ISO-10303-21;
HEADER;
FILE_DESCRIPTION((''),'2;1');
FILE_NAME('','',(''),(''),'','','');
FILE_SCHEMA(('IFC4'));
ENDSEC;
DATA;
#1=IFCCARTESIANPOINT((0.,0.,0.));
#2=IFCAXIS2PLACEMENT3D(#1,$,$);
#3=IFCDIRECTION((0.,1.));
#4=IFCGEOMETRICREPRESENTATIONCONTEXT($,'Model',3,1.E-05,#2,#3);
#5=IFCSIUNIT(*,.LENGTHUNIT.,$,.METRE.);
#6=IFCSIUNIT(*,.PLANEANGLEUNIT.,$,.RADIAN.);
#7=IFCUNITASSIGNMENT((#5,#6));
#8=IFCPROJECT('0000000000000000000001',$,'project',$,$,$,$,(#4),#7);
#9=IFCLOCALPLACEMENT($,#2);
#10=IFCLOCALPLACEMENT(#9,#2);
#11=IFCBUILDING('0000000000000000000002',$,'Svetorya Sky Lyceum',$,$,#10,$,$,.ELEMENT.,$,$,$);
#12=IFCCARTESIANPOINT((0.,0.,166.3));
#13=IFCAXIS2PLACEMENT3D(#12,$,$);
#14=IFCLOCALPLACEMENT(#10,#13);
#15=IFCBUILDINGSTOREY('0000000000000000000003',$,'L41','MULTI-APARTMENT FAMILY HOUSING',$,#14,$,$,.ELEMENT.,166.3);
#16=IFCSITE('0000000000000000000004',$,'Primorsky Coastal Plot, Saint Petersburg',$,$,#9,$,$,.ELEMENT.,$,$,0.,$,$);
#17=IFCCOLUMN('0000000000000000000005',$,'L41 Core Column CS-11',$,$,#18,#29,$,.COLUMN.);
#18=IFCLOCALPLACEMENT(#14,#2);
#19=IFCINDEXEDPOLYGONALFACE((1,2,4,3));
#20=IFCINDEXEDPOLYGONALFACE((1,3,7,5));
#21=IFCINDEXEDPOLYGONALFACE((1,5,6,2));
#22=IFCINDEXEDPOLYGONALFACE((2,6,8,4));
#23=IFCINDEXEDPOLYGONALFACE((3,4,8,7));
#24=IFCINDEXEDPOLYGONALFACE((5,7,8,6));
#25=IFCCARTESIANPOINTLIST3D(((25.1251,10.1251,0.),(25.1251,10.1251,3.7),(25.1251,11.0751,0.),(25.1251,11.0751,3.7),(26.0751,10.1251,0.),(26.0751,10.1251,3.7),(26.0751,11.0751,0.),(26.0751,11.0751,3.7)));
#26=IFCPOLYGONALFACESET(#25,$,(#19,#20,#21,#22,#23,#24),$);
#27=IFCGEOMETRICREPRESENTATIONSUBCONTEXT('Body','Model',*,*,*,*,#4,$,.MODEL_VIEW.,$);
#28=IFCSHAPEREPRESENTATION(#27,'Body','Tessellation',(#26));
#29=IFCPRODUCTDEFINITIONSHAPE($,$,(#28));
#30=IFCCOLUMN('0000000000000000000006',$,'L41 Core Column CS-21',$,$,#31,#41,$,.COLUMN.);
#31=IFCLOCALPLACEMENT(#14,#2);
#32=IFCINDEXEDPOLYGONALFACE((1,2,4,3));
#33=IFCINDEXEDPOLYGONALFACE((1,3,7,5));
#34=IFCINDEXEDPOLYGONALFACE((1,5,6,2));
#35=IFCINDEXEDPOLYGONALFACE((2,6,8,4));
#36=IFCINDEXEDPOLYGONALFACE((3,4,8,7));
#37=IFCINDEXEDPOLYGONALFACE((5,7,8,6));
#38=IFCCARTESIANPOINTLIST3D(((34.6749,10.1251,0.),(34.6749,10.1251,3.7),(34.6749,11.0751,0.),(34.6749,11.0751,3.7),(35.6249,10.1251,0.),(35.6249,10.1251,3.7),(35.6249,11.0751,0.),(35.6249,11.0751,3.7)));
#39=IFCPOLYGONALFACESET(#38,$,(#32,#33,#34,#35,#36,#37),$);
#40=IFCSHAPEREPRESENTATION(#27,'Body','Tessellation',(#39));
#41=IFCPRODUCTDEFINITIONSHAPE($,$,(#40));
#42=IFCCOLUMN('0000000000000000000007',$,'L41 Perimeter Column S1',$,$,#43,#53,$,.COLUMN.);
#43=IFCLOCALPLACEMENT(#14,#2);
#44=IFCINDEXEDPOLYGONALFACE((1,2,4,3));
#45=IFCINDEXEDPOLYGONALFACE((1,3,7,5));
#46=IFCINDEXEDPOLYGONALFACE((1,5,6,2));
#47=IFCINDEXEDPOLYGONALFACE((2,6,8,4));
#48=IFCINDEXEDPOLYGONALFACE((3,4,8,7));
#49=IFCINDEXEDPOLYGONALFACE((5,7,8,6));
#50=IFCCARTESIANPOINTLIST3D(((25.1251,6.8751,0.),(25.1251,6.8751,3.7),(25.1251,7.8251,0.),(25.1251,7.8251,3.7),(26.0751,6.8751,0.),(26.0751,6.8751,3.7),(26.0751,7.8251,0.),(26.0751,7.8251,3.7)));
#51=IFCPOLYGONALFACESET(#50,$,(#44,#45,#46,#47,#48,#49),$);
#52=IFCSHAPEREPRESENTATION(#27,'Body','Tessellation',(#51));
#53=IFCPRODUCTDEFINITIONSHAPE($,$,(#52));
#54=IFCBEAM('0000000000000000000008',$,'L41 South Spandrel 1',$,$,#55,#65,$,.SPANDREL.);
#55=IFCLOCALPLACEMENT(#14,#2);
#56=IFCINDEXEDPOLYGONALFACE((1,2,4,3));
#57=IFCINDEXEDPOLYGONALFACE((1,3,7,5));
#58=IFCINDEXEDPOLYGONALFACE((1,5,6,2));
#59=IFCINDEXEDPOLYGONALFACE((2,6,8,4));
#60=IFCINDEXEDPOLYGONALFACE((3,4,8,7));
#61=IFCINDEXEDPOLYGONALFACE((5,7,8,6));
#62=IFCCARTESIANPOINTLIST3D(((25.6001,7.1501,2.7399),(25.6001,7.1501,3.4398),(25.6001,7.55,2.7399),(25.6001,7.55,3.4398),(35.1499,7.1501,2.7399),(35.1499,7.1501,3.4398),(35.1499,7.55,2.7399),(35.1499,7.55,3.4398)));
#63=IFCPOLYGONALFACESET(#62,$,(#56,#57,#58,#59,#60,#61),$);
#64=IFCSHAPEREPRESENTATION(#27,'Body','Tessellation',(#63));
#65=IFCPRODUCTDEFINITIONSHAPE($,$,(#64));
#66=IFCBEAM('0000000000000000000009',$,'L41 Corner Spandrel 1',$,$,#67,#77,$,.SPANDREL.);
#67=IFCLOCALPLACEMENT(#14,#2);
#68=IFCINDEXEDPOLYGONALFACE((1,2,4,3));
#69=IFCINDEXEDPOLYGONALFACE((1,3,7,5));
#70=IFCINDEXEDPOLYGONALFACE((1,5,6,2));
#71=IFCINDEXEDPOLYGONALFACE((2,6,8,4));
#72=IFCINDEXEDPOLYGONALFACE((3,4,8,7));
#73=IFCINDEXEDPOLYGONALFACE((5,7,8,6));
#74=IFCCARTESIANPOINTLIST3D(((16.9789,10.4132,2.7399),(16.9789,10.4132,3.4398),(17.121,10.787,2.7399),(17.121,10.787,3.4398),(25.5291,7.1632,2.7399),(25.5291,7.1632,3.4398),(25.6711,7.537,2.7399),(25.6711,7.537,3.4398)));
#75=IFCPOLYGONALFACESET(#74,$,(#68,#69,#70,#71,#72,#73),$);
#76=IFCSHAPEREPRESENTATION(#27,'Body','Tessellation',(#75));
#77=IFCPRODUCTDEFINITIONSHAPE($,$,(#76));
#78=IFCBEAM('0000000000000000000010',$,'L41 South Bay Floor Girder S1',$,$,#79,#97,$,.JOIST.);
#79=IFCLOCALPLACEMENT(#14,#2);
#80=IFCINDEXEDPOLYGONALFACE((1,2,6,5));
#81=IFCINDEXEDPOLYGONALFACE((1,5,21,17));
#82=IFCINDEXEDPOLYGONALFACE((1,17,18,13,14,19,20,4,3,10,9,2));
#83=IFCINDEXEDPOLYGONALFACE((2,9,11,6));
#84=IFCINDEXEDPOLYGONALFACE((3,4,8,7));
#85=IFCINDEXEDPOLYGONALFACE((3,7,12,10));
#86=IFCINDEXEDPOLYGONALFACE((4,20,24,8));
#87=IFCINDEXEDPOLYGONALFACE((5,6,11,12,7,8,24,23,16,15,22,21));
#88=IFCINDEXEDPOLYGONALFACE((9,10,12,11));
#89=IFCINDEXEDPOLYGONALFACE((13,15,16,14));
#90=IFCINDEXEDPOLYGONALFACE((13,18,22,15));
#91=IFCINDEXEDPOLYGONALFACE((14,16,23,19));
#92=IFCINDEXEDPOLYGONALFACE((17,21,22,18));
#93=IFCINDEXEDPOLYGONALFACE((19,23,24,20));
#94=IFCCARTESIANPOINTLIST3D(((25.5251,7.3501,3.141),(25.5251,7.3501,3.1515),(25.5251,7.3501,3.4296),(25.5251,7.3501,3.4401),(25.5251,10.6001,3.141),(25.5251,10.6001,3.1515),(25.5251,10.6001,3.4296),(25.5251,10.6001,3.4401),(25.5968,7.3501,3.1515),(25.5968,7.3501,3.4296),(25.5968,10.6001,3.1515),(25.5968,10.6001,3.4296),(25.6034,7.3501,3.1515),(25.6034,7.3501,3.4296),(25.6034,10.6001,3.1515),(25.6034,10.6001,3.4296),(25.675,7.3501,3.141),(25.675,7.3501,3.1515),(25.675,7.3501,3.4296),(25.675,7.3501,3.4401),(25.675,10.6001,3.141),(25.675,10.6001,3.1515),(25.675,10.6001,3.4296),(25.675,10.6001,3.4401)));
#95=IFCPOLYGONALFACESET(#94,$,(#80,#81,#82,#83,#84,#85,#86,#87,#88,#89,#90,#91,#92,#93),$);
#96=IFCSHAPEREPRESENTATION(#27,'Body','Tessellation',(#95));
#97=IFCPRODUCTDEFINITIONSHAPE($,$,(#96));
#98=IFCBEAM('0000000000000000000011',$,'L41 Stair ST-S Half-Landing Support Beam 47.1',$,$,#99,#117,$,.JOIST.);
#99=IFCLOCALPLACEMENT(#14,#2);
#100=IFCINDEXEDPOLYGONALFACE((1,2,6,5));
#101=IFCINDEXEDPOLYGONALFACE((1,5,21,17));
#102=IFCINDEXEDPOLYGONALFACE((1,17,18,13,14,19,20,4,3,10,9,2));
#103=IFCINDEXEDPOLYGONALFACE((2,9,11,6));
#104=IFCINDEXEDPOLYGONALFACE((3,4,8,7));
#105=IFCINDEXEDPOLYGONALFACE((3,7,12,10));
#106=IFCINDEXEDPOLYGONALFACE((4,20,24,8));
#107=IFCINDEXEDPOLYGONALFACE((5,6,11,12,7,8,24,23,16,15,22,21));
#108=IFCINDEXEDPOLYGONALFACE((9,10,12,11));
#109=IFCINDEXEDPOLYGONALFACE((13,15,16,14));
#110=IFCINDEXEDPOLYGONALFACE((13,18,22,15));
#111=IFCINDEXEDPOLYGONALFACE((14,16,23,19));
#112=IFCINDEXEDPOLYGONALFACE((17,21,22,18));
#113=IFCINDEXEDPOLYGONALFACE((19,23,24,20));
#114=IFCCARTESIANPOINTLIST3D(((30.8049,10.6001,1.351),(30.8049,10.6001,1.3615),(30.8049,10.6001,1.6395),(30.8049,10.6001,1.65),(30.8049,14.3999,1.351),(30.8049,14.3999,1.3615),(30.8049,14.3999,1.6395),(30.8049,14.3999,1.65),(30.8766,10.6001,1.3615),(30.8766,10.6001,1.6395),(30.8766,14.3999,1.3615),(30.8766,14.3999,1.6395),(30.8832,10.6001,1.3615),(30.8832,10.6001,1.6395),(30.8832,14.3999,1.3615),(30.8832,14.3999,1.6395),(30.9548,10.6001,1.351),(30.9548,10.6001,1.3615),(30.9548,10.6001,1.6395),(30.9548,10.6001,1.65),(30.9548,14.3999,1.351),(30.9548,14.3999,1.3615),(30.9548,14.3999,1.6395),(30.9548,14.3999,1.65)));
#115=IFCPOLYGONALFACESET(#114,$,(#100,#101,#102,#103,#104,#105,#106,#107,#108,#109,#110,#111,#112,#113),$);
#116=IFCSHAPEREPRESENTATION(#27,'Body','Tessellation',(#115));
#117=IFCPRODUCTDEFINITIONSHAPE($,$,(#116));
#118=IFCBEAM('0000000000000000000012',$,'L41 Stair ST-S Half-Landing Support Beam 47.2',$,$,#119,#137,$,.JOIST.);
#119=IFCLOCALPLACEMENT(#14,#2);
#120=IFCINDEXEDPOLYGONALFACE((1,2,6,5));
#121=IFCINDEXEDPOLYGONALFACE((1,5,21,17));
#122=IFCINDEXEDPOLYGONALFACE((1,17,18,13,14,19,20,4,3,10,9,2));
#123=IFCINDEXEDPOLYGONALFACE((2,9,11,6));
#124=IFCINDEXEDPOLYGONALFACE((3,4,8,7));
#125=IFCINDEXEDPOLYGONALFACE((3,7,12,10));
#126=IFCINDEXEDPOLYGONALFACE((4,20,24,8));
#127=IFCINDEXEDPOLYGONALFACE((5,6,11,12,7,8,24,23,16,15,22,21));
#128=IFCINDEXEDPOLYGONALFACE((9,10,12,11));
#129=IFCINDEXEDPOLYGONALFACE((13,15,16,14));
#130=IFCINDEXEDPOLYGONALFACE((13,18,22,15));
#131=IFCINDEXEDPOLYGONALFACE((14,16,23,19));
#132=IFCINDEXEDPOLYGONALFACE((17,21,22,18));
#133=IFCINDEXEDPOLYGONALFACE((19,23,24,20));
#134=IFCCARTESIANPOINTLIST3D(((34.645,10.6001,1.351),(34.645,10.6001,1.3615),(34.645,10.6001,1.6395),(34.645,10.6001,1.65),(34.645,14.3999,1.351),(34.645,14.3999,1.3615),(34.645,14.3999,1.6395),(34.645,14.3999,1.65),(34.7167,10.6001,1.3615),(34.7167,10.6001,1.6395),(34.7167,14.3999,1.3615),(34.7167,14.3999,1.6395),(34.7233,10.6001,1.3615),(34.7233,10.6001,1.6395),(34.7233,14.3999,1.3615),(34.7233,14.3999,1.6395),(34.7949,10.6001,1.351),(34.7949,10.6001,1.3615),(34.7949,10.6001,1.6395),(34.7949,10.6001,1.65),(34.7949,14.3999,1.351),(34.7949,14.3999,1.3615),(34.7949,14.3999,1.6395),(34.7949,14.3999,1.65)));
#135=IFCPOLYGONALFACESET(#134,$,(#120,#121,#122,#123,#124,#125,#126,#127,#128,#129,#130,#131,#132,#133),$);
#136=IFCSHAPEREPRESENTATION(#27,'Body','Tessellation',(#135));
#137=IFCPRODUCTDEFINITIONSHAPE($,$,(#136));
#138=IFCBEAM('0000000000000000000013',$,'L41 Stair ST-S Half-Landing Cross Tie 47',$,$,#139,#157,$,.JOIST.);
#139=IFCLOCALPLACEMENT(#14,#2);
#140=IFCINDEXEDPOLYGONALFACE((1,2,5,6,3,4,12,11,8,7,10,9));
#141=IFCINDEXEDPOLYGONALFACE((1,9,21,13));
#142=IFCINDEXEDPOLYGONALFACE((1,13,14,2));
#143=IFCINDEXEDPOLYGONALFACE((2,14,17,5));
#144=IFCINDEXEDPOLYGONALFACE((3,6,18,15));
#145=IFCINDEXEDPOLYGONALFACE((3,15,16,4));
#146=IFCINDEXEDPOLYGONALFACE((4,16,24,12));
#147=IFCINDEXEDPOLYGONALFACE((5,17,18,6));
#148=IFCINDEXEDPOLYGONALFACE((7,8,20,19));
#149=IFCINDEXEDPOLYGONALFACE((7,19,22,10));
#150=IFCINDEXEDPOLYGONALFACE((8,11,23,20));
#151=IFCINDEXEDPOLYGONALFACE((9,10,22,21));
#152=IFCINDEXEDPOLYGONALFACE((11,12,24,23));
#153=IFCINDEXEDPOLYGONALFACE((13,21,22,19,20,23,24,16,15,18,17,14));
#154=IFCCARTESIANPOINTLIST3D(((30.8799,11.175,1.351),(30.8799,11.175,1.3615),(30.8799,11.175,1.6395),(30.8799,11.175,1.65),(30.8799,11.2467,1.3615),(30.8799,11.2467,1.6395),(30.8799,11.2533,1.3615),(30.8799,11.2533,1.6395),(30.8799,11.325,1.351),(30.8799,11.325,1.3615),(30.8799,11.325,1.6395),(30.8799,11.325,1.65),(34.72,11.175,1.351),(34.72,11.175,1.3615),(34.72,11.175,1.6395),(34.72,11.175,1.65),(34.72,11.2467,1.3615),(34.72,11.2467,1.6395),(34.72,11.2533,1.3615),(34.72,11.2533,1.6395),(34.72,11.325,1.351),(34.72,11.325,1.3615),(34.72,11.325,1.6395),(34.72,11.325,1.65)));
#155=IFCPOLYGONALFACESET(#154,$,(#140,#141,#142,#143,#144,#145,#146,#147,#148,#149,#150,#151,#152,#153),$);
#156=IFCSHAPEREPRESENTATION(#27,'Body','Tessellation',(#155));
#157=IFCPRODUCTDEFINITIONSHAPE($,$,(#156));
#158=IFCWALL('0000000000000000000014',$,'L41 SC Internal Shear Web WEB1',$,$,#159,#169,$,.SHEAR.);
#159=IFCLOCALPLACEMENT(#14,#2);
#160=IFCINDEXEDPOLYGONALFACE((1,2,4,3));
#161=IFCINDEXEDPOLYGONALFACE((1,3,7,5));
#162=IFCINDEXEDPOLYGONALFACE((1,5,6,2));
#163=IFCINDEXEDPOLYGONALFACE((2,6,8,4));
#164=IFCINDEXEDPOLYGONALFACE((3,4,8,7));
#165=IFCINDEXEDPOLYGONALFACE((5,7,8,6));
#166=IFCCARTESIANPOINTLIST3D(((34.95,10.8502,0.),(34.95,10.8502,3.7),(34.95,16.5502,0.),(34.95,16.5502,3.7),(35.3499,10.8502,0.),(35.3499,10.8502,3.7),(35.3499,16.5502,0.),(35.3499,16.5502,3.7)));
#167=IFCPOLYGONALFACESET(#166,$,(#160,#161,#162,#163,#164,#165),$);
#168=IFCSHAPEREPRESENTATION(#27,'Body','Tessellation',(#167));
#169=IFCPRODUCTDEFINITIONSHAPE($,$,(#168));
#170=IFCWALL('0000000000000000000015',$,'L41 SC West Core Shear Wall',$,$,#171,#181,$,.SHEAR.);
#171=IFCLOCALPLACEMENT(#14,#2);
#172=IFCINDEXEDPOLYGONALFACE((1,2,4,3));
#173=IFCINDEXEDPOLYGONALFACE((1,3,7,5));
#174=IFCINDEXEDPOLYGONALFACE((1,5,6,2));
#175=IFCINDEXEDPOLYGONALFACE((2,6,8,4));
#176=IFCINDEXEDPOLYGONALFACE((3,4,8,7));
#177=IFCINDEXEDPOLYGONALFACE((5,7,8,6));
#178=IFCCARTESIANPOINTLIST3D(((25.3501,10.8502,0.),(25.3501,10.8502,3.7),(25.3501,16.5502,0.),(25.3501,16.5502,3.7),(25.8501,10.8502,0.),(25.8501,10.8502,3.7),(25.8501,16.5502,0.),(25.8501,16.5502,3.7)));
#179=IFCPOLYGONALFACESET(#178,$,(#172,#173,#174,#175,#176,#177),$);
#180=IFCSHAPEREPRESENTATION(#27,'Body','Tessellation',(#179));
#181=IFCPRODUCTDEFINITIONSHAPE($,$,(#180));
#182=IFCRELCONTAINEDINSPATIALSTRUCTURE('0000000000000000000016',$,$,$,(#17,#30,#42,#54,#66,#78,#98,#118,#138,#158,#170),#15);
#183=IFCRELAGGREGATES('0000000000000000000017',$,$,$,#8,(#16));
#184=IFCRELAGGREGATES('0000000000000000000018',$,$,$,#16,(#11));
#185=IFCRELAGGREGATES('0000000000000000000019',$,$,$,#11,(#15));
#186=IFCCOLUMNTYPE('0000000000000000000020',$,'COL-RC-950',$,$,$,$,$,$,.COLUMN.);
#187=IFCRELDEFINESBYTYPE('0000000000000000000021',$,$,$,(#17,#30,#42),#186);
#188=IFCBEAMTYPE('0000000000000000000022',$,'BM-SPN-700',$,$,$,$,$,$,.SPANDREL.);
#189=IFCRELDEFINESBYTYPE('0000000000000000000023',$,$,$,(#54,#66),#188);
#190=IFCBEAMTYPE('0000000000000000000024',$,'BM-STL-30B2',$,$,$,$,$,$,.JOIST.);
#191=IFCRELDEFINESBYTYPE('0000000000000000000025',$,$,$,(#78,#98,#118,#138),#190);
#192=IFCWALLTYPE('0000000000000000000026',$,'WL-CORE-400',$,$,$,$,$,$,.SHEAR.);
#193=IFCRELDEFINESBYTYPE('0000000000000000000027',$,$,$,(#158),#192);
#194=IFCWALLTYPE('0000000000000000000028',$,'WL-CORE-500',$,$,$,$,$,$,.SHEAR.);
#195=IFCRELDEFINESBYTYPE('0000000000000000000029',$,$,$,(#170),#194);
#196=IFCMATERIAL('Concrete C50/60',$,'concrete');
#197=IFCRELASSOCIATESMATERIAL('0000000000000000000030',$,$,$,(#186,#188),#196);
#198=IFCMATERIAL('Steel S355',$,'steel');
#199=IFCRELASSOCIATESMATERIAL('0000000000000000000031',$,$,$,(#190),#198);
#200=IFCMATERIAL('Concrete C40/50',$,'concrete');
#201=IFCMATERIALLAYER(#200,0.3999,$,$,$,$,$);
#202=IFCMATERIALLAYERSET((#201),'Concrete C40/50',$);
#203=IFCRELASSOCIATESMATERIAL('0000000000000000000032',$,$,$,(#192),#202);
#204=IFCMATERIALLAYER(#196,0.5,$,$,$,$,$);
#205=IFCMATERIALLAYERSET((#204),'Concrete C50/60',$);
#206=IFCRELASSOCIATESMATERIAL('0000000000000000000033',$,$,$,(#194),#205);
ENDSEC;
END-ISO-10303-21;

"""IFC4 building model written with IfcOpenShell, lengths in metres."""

from ifc_helpers import new_model, si_unit, direction, frame, frame_2d, origin, origin_2d, place, context, subcontext, project, spatial, rectangle, i_section, extrude, material, layer, layer_set, material_profile, profile_set, type_object, element, save


model = new_model("IFC4")

# Units and contexts
model_context = context("Model", 3, precision=1e-05, world=origin(), true_north=direction((0.0, 1.0)))
body_context = subcontext(model_context, "Body", "Model", "MODEL_VIEW")
ifc_project = project(units=[si_unit("LENGTHUNIT", "METRE"), si_unit("PLANEANGLEUNIT", "RADIAN")], contexts=[model_context])

# Site, building, storey
site_placement = place(None, origin())
site = spatial("IfcSite", under=ifc_project, at=site_placement, Name="Primorsky Coastal Plot, Saint Petersburg", CompositionType="ELEMENT", RefElevation=0.0)
building_placement = place(site_placement, origin())
building = spatial("IfcBuilding", under=site, at=building_placement, Name="Svetorya Sky Lyceum", CompositionType="ELEMENT")
storey_placement = place(building_placement, frame((0.0, 0.0, 166.3)))
storey = spatial("IfcBuildingStorey", under=building, at=storey_placement, Name="L41", Description="MULTI-APARTMENT FAMILY HOUSING", CompositionType="ELEMENT", Elevation=166.3)

# Columns
ifc_material_1 = material(Name="Concrete C50/60", Category="concrete")
ifc_material_profile_1 = material_profile(ifc_material_1, rectangle(XDim=0.95, YDim=0.95, at=origin_2d()), Name="RC COL 950x950")
ifc_profile_set_1 = profile_set([ifc_material_profile_1], Name="Concrete C50/60")
column_type = type_object("IfcColumnType", Name="COL-RC-950", PredefinedType="COLUMN", material=ifc_profile_set_1)
for number, where, z_axis, x_axis, name in (
    (1, (25.6001, 10.6001, 0.0), (0.0, 0.0, 1.0), (1.0, 0.0, 0.0), "L41 Core Column CS-11"),
    (2, (35.1499, 10.6001, 0.0), (0.0, 0.0, 1.0), (1.0, 0.0, 0.0), "L41 Core Column CS-21"),
    (3, (25.6001, 7.3501, 0.0), (0.0, 0.0, 1.0), (1.0, 0.0, 0.0), "L41 Perimeter Column S1"),
):
    element("IfcColumn", number, at=place(storey_placement, frame(where, z_axis=z_axis, x_axis=x_axis)), inside=storey, type_object=column_type, Name=name, PredefinedType="COLUMN", context=body_context, shape_type="SweptSolid", body=[
        extrude(rectangle(XDim=0.95, YDim=0.95, at=origin_2d()), origin(), (0.0, 0.0, 1.0), 3.7),
    ])

# Beams
ifc_material_profile_2 = material_profile(ifc_material_1, rectangle(XDim=0.3999, YDim=0.7, at=origin_2d()), Name="RC SPANDREL 400x700")
ifc_profile_set_2 = profile_set([ifc_material_profile_2], Name="Concrete C50/60")
beam_type_1 = type_object("IfcBeamType", Name="BM-SPN-700", PredefinedType="SPANDREL", material=ifc_profile_set_2)
beam_1_placement = place(storey_placement, frame((25.6001, 7.3501, 3.0898), z_axis=(1.0, 0.0, 0.0), x_axis=(0.0, 1.0, 0.0)))
element("IfcBeam", 4, at=beam_1_placement, inside=storey, type_object=beam_type_1, Name="L41 South Spandrel 1", PredefinedType="SPANDREL", context=body_context, shape_type="SweptSolid", body=[
    extrude(rectangle(XDim=0.3999, YDim=0.7, at=origin_2d()), origin(), (0.0, 0.0, 1.0), 9.5498),
])
beam_2_placement = place(storey_placement, frame((25.6001, 7.3501, 3.0898), z_axis=(-0.934748, 0.355312, 0.0), x_axis=(-0.355312, -0.934748, 0.0)))
element("IfcBeam", 5, at=beam_2_placement, inside=storey, type_object=beam_type_1, Name="L41 Corner Spandrel 1", PredefinedType="SPANDREL", context=body_context, shape_type="SweptSolid", body=[
    extrude(rectangle(XDim=0.3999, YDim=0.7, at=origin_2d()), origin(), (0.0, 0.0, 1.0), 9.147),
])
ifc_material_2 = material(Name="Steel S355", Category="steel")
ifc_material_profile_3 = material_profile(ifc_material_2, i_section(OverallWidth=0.1499, OverallDepth=0.2991, WebThickness=0.0066, FlangeThickness=0.0105, at=origin_2d()), Name="GOST 30B2")
ifc_profile_set_3 = profile_set([ifc_material_profile_3], Name="Steel S355")
beam_type_2 = type_object("IfcBeamType", Name="BM-STL-30B2", PredefinedType="JOIST", material=ifc_profile_set_3)
beam_3_placement = place(storey_placement, frame((25.6001, 7.3501, 3.2905), z_axis=(0.0, 1.0, 0.0), x_axis=(-1.0, 0.0, 0.0)))
element("IfcBeam", 6, at=beam_3_placement, inside=storey, type_object=beam_type_2, Name="L41 South Bay Floor Girder S1", PredefinedType="JOIST", context=body_context, shape_type="SweptSolid", body=[
    extrude(i_section(OverallWidth=0.1499, OverallDepth=0.2991, WebThickness=0.0066, FlangeThickness=0.0105, at=origin_2d()), origin(), (0.0, 0.0, 1.0), 3.25),
])
for number, where, z_axis, x_axis, name in (
    (7, (30.8799, 10.6001, 1.5005), (0.0, 1.0, 0.0), (-1.0, 0.0, 0.0), "L41 Stair ST-S Half-Landing Support Beam 47.1"),
    (8, (34.72, 10.6001, 1.5005), (0.0, 1.0, 0.0), (-1.0, 0.0, 0.0), "L41 Stair ST-S Half-Landing Support Beam 47.2"),
):
    element("IfcBeam", number, at=place(storey_placement, frame(where, z_axis=z_axis, x_axis=x_axis)), inside=storey, type_object=beam_type_2, Name=name, PredefinedType="JOIST", context=body_context, shape_type="SweptSolid", body=[
        extrude(i_section(OverallWidth=0.1499, OverallDepth=0.2991, WebThickness=0.0066, FlangeThickness=0.0105, at=origin_2d()), origin(), (0.0, 0.0, 1.0), 3.7998),
    ])
beam_4_placement = place(storey_placement, frame((30.8799, 11.25, 1.5005), z_axis=(1.0, 0.0, 0.0), x_axis=(0.0, 1.0, 0.0)))
element("IfcBeam", 9, at=beam_4_placement, inside=storey, type_object=beam_type_2, Name="L41 Stair ST-S Half-Landing Cross Tie 47", PredefinedType="JOIST", context=body_context, shape_type="SweptSolid", body=[
    extrude(i_section(OverallWidth=0.1499, OverallDepth=0.2991, WebThickness=0.0066, FlangeThickness=0.0105, at=origin_2d()), origin(), (0.0, 0.0, 1.0), 3.8401),
])

# Walls
ifc_material_3 = material(Name="Concrete C40/50", Category="concrete")
ifc_layer_1 = layer(ifc_material_3, 0.3999)
ifc_layer_set_1 = layer_set([ifc_layer_1], Name="Concrete C40/50")
wall_type_1 = type_object("IfcWallType", Name="WL-CORE-400", PredefinedType="SHEAR", material=ifc_layer_set_1)
wall_1_placement = place(storey_placement, frame((35.1499, 10.8501, 0.0), z_axis=(0.0, 0.0, 1.0), x_axis=(0.0, 1.0, 0.0)))
element("IfcWall", 10, at=wall_1_placement, inside=storey, type_object=wall_type_1, Name="L41 SC Internal Shear Web WEB1", PredefinedType="SHEAR", context=body_context, shape_type="SweptSolid", body=[
    extrude(rectangle(XDim=5.7, YDim=0.3999, at=frame_2d((2.8501, 0.0))), origin(), (0.0, 0.0, 1.0), 3.7),
])
ifc_layer_2 = layer(ifc_material_1, 0.5)
ifc_layer_set_2 = layer_set([ifc_layer_2], Name="Concrete C50/60")
wall_type_2 = type_object("IfcWallType", Name="WL-CORE-500", PredefinedType="SHEAR", material=ifc_layer_set_2)
wall_2_placement = place(storey_placement, frame((25.6001, 10.8501, 0.0), z_axis=(0.0, 0.0, 1.0), x_axis=(0.0, 1.0, 0.0)))
element("IfcWall", 11, at=wall_2_placement, inside=storey, type_object=wall_type_2, Name="L41 SC West Core Shear Wall", PredefinedType="SHEAR", context=body_context, shape_type="SweptSolid", body=[
    extrude(rectangle(XDim=5.7, YDim=0.5, at=frame_2d((2.8501, 0.0))), origin(), (0.0, 0.0, 1.0), 3.7),
])

save(model, "model.ifc")
